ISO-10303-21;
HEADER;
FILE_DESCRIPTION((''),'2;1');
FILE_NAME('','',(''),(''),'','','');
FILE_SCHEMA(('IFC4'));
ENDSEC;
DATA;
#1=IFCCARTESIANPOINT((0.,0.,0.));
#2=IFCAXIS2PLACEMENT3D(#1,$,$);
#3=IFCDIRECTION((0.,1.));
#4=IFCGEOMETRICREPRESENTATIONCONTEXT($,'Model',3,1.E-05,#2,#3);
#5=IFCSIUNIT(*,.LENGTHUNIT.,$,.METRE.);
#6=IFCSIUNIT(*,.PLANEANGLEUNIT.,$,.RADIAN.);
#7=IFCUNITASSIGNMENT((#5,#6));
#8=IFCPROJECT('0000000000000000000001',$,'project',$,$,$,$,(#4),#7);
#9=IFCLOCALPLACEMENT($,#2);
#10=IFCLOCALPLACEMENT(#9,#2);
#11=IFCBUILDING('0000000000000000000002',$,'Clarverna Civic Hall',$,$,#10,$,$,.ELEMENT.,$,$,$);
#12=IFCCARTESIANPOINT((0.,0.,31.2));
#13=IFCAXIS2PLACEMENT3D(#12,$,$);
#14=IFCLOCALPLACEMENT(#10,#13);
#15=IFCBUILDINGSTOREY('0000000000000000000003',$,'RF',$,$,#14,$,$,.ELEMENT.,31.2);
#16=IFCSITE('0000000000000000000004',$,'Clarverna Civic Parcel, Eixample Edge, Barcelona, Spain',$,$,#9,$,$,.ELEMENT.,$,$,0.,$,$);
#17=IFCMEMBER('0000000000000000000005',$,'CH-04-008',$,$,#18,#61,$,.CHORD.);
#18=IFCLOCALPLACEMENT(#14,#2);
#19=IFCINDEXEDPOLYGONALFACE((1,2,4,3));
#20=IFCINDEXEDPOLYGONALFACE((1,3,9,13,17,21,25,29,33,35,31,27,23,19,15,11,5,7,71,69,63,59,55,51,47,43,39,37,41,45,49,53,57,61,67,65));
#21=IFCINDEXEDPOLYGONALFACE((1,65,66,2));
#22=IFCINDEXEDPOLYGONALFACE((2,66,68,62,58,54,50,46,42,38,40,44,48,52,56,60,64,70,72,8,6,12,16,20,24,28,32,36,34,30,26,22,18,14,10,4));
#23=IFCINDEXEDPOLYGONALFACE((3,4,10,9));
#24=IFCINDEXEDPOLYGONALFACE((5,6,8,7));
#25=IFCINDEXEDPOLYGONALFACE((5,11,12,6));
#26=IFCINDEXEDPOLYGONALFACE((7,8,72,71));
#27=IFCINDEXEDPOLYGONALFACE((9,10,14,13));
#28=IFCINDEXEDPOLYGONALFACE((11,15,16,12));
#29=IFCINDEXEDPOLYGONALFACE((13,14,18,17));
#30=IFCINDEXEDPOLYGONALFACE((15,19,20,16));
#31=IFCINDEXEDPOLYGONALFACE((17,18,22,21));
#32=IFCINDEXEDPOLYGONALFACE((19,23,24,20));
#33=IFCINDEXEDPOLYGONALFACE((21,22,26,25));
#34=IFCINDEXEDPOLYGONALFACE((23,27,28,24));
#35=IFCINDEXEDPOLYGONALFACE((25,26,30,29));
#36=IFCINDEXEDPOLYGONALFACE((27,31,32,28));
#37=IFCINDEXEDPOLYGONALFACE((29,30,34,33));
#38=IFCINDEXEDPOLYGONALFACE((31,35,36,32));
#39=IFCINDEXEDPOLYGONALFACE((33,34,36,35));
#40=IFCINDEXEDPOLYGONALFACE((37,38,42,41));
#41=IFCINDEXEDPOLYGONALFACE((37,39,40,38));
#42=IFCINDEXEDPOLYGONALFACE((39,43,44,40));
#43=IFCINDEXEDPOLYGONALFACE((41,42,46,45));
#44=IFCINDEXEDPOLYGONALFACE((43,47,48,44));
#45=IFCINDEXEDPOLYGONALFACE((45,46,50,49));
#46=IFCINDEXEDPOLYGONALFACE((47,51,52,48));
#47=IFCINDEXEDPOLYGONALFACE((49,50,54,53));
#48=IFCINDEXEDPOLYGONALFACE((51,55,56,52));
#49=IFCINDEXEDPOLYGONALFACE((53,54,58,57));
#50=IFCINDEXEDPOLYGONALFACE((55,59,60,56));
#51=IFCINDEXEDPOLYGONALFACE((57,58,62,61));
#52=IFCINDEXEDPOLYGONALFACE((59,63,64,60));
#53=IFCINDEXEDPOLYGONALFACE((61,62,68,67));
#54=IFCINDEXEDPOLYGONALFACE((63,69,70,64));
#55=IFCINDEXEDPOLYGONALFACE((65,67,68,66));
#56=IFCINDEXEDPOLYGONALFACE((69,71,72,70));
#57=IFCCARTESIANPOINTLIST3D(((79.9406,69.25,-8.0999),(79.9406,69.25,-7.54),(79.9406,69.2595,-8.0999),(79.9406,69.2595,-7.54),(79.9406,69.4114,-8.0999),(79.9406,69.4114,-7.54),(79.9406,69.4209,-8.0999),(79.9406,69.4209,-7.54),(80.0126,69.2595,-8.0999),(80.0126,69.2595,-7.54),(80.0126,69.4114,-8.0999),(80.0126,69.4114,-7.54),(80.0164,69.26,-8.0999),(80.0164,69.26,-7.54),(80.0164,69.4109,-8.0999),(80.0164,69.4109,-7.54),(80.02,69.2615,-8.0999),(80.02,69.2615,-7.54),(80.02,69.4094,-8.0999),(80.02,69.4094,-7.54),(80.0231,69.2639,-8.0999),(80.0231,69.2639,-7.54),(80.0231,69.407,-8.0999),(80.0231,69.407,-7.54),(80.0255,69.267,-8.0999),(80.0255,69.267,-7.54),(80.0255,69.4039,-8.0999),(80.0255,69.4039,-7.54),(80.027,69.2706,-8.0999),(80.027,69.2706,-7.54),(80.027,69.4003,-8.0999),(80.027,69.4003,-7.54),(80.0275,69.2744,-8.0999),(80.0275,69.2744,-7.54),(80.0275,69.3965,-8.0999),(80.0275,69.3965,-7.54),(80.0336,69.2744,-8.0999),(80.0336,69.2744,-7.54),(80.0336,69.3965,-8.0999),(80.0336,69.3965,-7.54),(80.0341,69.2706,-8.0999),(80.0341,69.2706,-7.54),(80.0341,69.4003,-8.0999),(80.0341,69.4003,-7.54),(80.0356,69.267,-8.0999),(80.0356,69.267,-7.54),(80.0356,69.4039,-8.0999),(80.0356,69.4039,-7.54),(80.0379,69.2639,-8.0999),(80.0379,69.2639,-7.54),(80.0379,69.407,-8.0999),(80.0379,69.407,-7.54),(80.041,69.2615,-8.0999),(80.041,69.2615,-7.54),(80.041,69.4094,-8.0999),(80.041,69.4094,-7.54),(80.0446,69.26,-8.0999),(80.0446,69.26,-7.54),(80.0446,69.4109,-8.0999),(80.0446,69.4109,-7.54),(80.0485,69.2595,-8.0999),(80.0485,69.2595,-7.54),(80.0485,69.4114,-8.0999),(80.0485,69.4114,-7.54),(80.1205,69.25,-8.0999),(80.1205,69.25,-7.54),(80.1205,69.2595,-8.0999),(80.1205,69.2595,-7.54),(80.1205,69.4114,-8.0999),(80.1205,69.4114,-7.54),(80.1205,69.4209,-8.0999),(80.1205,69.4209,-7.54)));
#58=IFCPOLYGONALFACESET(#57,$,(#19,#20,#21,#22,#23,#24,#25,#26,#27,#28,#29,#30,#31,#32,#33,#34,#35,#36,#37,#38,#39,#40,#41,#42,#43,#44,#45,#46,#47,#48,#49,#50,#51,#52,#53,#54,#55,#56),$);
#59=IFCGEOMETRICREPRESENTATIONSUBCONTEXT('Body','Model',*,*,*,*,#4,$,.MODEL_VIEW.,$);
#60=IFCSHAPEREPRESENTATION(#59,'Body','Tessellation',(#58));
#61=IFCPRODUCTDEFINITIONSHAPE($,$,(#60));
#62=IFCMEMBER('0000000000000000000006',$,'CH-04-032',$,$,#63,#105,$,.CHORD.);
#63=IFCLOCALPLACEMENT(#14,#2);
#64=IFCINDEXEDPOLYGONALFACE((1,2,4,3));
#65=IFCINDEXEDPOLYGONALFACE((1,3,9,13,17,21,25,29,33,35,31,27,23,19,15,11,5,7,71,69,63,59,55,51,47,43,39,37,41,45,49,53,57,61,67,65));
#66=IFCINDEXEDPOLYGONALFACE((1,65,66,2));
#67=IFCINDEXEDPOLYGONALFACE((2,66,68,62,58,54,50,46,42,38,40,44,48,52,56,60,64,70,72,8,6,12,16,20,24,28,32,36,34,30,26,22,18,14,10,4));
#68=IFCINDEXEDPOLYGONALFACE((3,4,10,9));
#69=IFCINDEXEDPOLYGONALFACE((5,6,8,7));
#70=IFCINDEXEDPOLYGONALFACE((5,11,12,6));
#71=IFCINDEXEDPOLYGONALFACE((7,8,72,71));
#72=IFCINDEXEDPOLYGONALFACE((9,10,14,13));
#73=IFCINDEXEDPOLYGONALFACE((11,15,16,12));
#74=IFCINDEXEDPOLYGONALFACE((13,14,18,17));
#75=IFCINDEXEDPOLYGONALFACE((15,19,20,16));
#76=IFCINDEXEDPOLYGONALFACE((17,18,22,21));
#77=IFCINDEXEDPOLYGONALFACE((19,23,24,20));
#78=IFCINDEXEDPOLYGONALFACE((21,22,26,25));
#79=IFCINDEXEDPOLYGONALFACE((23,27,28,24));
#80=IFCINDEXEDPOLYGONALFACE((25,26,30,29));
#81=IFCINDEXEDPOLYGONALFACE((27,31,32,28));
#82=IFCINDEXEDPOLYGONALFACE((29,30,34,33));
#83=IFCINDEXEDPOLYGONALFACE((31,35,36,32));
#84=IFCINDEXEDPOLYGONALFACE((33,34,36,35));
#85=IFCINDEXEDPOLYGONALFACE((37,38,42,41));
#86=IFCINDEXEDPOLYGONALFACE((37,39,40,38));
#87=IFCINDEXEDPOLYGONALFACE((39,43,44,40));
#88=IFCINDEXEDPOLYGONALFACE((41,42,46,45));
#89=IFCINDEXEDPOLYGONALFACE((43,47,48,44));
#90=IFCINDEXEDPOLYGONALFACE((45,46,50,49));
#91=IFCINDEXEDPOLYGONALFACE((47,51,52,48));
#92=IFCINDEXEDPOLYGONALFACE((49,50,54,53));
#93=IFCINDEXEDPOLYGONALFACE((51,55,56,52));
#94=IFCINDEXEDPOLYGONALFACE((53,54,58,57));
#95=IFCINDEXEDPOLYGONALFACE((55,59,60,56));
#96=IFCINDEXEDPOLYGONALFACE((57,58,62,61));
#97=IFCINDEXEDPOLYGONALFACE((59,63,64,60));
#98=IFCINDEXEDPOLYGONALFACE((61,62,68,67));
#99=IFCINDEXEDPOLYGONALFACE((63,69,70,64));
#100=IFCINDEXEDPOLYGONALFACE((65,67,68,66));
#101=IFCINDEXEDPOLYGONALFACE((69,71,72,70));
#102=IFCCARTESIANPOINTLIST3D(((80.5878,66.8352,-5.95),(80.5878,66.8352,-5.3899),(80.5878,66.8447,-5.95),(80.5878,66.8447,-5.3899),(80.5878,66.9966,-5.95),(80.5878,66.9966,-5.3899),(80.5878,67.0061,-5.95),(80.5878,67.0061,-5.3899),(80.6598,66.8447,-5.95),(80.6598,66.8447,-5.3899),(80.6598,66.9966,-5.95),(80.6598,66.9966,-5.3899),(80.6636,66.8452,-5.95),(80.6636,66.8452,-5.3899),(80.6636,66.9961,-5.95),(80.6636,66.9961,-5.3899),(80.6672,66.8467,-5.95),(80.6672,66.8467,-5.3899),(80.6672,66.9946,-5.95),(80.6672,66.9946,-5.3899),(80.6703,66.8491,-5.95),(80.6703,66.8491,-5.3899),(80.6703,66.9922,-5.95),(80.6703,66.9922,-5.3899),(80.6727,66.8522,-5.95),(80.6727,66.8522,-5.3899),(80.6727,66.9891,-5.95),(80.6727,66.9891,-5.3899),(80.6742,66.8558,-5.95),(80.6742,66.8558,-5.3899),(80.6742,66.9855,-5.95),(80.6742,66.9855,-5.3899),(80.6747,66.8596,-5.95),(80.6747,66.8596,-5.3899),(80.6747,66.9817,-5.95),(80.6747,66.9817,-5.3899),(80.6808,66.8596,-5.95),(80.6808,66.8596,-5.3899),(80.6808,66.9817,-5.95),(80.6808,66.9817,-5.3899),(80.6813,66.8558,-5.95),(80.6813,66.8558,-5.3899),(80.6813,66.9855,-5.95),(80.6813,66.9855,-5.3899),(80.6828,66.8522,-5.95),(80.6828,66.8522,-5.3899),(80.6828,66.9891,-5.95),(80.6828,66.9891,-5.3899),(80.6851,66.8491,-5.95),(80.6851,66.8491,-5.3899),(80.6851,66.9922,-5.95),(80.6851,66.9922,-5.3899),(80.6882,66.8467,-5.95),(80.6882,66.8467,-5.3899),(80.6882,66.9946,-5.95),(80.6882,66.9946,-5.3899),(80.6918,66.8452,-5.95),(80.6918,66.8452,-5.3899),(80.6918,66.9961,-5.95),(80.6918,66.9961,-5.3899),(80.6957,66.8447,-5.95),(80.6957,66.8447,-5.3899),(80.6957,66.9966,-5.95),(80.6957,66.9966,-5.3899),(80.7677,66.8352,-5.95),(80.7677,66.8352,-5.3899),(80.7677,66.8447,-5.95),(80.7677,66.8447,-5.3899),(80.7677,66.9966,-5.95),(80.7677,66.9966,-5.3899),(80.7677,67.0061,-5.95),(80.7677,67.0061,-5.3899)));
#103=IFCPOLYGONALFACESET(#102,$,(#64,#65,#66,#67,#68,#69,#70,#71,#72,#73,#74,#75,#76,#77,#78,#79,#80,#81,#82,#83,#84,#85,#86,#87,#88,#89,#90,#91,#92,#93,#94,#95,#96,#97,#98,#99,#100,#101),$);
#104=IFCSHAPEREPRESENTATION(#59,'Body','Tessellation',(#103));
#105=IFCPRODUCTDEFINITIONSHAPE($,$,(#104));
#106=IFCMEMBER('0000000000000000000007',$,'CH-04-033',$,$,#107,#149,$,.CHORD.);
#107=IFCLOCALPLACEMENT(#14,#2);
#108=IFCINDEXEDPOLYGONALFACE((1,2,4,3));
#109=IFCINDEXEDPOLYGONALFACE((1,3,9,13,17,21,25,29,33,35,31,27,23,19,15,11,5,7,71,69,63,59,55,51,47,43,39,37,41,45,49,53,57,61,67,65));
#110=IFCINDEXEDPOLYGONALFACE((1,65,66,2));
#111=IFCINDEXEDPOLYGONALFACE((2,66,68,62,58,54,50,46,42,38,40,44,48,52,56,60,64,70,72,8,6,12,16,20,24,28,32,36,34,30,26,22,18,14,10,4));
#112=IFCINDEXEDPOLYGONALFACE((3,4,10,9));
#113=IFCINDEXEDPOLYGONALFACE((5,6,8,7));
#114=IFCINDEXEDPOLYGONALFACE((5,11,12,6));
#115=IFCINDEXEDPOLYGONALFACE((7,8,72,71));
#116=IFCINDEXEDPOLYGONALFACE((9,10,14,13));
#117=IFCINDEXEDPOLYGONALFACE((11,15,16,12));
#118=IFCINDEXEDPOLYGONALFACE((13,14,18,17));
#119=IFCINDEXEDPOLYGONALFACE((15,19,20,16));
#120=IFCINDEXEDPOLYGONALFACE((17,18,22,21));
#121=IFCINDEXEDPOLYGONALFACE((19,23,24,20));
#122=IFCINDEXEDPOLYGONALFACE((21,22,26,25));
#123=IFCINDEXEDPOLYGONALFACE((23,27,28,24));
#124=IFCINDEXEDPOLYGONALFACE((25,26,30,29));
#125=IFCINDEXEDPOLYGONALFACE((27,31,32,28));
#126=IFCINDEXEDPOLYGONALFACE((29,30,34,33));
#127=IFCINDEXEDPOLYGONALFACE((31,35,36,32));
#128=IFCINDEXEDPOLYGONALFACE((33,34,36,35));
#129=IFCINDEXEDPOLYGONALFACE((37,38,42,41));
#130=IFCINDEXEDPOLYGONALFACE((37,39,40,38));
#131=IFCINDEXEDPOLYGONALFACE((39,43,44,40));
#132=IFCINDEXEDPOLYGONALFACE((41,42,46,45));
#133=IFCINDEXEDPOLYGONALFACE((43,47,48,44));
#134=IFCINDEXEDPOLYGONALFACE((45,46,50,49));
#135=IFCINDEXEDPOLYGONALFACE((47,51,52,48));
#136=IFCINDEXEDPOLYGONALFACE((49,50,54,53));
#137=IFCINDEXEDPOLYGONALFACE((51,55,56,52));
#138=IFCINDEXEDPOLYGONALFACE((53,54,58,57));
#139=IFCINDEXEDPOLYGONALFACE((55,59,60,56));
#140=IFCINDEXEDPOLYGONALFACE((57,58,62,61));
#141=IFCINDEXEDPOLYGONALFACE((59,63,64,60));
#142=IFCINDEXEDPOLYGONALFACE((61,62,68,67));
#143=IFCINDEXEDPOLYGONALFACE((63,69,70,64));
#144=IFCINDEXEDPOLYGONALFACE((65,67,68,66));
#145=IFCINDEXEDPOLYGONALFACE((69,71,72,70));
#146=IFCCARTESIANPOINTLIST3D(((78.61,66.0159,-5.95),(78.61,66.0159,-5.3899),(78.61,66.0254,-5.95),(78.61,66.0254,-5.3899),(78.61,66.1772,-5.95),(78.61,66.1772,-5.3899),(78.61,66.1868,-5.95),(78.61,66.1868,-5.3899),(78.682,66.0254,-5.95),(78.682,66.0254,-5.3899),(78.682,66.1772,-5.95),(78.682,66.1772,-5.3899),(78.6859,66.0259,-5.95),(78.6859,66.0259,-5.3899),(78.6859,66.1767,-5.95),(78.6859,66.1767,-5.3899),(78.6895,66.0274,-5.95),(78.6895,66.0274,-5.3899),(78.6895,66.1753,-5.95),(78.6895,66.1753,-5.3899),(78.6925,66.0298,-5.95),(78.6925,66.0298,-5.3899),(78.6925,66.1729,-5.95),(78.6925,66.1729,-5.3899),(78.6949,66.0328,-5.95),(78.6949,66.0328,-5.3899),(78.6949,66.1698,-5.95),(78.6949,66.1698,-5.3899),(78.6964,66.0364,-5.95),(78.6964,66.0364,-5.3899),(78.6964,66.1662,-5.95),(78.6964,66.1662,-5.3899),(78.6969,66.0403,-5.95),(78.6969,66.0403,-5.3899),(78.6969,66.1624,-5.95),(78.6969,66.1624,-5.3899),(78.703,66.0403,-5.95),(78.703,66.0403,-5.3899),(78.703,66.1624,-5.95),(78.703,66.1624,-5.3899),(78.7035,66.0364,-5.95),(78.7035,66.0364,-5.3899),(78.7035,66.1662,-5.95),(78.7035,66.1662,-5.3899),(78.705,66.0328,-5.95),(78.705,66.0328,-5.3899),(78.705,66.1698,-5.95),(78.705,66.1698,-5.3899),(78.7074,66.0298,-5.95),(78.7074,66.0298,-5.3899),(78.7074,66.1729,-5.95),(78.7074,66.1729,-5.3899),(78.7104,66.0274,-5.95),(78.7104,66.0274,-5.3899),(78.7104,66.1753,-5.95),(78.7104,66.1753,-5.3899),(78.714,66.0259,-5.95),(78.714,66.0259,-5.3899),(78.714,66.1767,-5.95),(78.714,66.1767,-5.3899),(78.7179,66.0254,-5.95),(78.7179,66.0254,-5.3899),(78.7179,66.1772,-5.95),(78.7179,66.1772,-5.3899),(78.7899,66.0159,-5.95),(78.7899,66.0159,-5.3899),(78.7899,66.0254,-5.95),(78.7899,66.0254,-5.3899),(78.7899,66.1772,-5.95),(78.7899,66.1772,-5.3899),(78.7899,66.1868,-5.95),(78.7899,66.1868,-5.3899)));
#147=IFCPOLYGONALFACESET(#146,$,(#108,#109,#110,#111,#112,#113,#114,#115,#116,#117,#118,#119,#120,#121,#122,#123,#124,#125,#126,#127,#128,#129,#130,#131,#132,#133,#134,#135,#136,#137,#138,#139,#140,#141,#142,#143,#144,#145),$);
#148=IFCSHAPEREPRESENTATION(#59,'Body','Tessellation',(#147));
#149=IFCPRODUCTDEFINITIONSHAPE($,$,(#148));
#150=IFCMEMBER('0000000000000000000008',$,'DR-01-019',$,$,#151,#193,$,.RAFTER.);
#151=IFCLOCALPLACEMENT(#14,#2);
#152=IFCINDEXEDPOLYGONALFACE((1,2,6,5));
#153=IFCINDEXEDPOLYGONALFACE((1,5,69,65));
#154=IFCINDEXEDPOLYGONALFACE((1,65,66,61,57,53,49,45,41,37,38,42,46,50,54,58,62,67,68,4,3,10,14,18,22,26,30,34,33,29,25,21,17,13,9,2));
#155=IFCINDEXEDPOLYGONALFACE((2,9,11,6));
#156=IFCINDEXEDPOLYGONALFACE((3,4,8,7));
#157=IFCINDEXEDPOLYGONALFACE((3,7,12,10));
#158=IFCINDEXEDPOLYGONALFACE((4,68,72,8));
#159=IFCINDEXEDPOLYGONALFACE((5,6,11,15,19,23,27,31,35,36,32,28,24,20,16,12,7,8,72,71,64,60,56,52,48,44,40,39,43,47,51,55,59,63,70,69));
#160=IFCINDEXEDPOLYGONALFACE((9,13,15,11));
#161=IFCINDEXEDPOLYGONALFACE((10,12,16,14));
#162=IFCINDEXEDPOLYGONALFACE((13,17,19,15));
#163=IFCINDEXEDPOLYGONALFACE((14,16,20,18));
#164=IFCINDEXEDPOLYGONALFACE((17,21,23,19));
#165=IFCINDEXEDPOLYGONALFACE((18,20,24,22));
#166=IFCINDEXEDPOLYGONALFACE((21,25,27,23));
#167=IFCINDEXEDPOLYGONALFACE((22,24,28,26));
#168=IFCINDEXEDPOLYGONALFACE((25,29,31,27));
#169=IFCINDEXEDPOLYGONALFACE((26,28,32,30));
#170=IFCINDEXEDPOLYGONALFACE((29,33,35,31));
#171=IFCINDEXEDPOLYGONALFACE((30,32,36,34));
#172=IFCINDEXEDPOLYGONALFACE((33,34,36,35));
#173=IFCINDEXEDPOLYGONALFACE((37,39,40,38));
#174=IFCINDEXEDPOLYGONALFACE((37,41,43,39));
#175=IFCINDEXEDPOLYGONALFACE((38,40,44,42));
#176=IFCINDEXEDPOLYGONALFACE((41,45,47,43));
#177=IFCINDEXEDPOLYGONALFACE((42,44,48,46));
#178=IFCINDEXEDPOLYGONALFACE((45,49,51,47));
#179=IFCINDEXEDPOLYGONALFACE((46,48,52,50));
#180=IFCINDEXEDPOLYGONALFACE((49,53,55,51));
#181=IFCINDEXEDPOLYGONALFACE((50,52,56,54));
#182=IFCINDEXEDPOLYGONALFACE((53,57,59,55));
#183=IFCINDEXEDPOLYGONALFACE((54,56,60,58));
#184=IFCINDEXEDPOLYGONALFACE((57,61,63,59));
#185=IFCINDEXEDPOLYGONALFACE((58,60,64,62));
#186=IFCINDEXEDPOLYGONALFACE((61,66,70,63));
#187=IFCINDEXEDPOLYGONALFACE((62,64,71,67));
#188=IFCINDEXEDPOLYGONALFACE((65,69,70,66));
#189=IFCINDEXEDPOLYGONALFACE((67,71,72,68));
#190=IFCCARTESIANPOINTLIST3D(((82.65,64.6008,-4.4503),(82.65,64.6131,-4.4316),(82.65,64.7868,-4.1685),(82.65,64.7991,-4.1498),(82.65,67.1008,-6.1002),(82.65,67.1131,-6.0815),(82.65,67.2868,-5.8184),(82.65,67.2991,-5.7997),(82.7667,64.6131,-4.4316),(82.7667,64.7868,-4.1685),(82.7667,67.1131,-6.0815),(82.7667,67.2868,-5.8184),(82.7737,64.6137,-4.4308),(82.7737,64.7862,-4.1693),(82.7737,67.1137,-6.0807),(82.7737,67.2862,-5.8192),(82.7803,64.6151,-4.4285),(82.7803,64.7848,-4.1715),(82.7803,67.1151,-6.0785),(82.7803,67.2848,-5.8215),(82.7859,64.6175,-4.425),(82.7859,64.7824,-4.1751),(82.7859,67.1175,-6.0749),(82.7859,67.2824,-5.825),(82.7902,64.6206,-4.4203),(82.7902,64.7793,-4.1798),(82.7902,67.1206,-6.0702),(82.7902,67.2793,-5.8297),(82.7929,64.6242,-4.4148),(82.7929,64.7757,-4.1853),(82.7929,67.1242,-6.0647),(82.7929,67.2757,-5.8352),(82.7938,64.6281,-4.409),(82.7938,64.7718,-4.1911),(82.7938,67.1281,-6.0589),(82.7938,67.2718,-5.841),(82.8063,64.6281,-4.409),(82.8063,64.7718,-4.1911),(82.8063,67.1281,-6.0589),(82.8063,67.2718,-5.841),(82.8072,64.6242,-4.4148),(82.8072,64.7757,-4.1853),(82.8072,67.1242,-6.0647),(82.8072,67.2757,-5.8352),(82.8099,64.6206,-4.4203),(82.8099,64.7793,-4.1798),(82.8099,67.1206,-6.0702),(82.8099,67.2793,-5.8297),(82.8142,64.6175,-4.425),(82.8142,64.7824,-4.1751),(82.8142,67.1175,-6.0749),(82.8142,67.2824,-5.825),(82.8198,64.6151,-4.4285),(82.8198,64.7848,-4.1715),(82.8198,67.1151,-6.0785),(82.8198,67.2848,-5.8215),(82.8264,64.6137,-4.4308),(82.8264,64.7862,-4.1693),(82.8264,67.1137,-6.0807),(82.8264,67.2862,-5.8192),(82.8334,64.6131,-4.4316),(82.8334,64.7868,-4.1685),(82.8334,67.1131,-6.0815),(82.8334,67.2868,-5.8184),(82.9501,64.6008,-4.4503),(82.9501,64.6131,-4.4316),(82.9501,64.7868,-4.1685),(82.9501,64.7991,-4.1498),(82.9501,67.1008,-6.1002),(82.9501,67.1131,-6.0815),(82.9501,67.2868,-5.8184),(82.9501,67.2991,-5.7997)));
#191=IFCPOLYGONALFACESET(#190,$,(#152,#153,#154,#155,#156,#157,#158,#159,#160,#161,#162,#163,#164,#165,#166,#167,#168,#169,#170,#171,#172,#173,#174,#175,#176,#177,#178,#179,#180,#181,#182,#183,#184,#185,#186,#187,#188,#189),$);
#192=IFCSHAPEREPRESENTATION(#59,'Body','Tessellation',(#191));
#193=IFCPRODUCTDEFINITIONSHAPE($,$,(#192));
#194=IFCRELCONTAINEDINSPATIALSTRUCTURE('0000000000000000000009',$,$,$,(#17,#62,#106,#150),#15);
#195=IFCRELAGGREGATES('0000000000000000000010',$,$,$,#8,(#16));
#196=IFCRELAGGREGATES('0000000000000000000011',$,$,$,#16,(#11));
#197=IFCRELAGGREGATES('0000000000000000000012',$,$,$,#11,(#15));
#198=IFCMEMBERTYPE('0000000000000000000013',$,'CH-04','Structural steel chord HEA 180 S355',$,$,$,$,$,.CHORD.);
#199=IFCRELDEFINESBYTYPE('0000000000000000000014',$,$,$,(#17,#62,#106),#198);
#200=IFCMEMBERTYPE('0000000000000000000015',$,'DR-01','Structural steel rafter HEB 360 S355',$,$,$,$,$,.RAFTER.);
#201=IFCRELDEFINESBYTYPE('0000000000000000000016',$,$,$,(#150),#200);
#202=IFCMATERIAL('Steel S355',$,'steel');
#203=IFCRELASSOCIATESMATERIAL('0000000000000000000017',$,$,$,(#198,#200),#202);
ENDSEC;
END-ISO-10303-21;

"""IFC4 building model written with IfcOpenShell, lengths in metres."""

from ifc_helpers import new_model, si_unit, direction, frame, origin, origin_2d, place, context, subcontext, project, spatial, i_section, extrude, material, material_profile, profile_set, type_object, element, save


model = new_model("IFC4")

# Units and contexts
model_context = context("Model", 3, precision=1e-05, world=origin(), true_north=direction((0.0, 1.0)))
body_context = subcontext(model_context, "Body", "Model", "MODEL_VIEW")
ifc_project = project(units=[si_unit("LENGTHUNIT", "METRE"), si_unit("PLANEANGLEUNIT", "RADIAN")], contexts=[model_context])

# Site, building, storey
site_placement = place(None, origin())
site = spatial("IfcSite", under=ifc_project, at=site_placement, Name="Clarverna Civic Parcel, Eixample Edge, Barcelona, Spain", CompositionType="ELEMENT", RefElevation=0.0)
building_placement = place(site_placement, origin())
building = spatial("IfcBuilding", under=site, at=building_placement, Name="Clarverna Civic Hall", CompositionType="ELEMENT")
storey_placement = place(building_placement, frame((0.0, 0.0, 31.2)))
storey = spatial("IfcBuildingStorey", under=building, at=storey_placement, Name="RF", CompositionType="ELEMENT", Elevation=31.2)

# Members
ifc_material_1 = material(Name="Steel S355", Category="steel")
ifc_material_profile_1 = material_profile(ifc_material_1, i_section(OverallWidth=0.1799, OverallDepth=0.1709, WebThickness=0.0061, FlangeThickness=0.0095, FilletRadius=0.0149, at=origin_2d()), Name="HEA 180")
ifc_profile_set_1 = profile_set([ifc_material_profile_1], Name="Steel S355")
member_type_1 = type_object("IfcMemberType", Name="CH-04", Description="Structural steel chord HEA 180 S355", PredefinedType="CHORD", material=ifc_profile_set_1)
member_1_placement = place(storey_placement, frame((80.0305, 69.3354, -8.0999), z_axis=(0.0, 0.0, 1.0), x_axis=(1.0, 0.0, 0.0)))
element("IfcMember", 1, at=member_1_placement, inside=storey, type_object=member_type_1, Name="CH-04-008", PredefinedType="CHORD", context=body_context, shape_type="SweptSolid", body=[
    extrude(i_section(OverallWidth=0.1799, OverallDepth=0.1709, WebThickness=0.0061, FlangeThickness=0.0095, FilletRadius=0.0149, at=origin_2d()), origin(), (0.0, 0.0, 1.0), 0.5598),
])
for number, where, z_axis, x_axis, name in (
    (2, (80.6777, 66.9207, -5.95), (0.0, 0.0, 1.0), (1.0, 0.0, 0.0), "CH-04-032"),
    (3, (78.7, 66.1013, -5.95), (0.0, 0.0, 1.0), (1.0, 0.0, 0.0), "CH-04-033"),
):
    element("IfcMember", number, at=place(storey_placement, frame(where, z_axis=z_axis, x_axis=x_axis)), inside=storey, type_object=member_type_1, Name=name, PredefinedType="CHORD", context=body_context, shape_type="SweptSolid", body=[
        extrude(i_section(OverallWidth=0.1799, OverallDepth=0.1709, WebThickness=0.0061, FlangeThickness=0.0095, FilletRadius=0.0149, at=origin_2d()), origin(), (0.0, 0.0, 1.0), 0.5601),
    ])
ifc_material_profile_2 = material_profile(ifc_material_1, i_section(OverallWidth=0.3, OverallDepth=0.3601, WebThickness=0.0125, FlangeThickness=0.0225, FilletRadius=0.0271, at=origin_2d()), Name="HEB 360")
ifc_profile_set_2 = profile_set([ifc_material_profile_2], Name="Steel S355")
member_type_2 = type_object("IfcMemberType", Name="DR-01", Description="Structural steel rafter HEB 360 S355", PredefinedType="RAFTER", material=ifc_profile_set_2)
member_2_placement = place(storey_placement, frame((82.8, 67.2, -5.95), z_axis=(0.0, -0.834624, 0.550819), x_axis=(1.0, 0.0, 0.0)))
element("IfcMember", 4, at=member_2_placement, inside=storey, type_object=member_type_2, Name="DR-01-019", PredefinedType="RAFTER", context=body_context, shape_type="SweptSolid", body=[
    extrude(i_section(OverallWidth=0.3, OverallDepth=0.3601, WebThickness=0.0125, FlangeThickness=0.0225, FilletRadius=0.0271, at=origin_2d()), origin(), (0.0, 0.0, 1.0), 2.9954),
])

save(model, "model.ifc")
